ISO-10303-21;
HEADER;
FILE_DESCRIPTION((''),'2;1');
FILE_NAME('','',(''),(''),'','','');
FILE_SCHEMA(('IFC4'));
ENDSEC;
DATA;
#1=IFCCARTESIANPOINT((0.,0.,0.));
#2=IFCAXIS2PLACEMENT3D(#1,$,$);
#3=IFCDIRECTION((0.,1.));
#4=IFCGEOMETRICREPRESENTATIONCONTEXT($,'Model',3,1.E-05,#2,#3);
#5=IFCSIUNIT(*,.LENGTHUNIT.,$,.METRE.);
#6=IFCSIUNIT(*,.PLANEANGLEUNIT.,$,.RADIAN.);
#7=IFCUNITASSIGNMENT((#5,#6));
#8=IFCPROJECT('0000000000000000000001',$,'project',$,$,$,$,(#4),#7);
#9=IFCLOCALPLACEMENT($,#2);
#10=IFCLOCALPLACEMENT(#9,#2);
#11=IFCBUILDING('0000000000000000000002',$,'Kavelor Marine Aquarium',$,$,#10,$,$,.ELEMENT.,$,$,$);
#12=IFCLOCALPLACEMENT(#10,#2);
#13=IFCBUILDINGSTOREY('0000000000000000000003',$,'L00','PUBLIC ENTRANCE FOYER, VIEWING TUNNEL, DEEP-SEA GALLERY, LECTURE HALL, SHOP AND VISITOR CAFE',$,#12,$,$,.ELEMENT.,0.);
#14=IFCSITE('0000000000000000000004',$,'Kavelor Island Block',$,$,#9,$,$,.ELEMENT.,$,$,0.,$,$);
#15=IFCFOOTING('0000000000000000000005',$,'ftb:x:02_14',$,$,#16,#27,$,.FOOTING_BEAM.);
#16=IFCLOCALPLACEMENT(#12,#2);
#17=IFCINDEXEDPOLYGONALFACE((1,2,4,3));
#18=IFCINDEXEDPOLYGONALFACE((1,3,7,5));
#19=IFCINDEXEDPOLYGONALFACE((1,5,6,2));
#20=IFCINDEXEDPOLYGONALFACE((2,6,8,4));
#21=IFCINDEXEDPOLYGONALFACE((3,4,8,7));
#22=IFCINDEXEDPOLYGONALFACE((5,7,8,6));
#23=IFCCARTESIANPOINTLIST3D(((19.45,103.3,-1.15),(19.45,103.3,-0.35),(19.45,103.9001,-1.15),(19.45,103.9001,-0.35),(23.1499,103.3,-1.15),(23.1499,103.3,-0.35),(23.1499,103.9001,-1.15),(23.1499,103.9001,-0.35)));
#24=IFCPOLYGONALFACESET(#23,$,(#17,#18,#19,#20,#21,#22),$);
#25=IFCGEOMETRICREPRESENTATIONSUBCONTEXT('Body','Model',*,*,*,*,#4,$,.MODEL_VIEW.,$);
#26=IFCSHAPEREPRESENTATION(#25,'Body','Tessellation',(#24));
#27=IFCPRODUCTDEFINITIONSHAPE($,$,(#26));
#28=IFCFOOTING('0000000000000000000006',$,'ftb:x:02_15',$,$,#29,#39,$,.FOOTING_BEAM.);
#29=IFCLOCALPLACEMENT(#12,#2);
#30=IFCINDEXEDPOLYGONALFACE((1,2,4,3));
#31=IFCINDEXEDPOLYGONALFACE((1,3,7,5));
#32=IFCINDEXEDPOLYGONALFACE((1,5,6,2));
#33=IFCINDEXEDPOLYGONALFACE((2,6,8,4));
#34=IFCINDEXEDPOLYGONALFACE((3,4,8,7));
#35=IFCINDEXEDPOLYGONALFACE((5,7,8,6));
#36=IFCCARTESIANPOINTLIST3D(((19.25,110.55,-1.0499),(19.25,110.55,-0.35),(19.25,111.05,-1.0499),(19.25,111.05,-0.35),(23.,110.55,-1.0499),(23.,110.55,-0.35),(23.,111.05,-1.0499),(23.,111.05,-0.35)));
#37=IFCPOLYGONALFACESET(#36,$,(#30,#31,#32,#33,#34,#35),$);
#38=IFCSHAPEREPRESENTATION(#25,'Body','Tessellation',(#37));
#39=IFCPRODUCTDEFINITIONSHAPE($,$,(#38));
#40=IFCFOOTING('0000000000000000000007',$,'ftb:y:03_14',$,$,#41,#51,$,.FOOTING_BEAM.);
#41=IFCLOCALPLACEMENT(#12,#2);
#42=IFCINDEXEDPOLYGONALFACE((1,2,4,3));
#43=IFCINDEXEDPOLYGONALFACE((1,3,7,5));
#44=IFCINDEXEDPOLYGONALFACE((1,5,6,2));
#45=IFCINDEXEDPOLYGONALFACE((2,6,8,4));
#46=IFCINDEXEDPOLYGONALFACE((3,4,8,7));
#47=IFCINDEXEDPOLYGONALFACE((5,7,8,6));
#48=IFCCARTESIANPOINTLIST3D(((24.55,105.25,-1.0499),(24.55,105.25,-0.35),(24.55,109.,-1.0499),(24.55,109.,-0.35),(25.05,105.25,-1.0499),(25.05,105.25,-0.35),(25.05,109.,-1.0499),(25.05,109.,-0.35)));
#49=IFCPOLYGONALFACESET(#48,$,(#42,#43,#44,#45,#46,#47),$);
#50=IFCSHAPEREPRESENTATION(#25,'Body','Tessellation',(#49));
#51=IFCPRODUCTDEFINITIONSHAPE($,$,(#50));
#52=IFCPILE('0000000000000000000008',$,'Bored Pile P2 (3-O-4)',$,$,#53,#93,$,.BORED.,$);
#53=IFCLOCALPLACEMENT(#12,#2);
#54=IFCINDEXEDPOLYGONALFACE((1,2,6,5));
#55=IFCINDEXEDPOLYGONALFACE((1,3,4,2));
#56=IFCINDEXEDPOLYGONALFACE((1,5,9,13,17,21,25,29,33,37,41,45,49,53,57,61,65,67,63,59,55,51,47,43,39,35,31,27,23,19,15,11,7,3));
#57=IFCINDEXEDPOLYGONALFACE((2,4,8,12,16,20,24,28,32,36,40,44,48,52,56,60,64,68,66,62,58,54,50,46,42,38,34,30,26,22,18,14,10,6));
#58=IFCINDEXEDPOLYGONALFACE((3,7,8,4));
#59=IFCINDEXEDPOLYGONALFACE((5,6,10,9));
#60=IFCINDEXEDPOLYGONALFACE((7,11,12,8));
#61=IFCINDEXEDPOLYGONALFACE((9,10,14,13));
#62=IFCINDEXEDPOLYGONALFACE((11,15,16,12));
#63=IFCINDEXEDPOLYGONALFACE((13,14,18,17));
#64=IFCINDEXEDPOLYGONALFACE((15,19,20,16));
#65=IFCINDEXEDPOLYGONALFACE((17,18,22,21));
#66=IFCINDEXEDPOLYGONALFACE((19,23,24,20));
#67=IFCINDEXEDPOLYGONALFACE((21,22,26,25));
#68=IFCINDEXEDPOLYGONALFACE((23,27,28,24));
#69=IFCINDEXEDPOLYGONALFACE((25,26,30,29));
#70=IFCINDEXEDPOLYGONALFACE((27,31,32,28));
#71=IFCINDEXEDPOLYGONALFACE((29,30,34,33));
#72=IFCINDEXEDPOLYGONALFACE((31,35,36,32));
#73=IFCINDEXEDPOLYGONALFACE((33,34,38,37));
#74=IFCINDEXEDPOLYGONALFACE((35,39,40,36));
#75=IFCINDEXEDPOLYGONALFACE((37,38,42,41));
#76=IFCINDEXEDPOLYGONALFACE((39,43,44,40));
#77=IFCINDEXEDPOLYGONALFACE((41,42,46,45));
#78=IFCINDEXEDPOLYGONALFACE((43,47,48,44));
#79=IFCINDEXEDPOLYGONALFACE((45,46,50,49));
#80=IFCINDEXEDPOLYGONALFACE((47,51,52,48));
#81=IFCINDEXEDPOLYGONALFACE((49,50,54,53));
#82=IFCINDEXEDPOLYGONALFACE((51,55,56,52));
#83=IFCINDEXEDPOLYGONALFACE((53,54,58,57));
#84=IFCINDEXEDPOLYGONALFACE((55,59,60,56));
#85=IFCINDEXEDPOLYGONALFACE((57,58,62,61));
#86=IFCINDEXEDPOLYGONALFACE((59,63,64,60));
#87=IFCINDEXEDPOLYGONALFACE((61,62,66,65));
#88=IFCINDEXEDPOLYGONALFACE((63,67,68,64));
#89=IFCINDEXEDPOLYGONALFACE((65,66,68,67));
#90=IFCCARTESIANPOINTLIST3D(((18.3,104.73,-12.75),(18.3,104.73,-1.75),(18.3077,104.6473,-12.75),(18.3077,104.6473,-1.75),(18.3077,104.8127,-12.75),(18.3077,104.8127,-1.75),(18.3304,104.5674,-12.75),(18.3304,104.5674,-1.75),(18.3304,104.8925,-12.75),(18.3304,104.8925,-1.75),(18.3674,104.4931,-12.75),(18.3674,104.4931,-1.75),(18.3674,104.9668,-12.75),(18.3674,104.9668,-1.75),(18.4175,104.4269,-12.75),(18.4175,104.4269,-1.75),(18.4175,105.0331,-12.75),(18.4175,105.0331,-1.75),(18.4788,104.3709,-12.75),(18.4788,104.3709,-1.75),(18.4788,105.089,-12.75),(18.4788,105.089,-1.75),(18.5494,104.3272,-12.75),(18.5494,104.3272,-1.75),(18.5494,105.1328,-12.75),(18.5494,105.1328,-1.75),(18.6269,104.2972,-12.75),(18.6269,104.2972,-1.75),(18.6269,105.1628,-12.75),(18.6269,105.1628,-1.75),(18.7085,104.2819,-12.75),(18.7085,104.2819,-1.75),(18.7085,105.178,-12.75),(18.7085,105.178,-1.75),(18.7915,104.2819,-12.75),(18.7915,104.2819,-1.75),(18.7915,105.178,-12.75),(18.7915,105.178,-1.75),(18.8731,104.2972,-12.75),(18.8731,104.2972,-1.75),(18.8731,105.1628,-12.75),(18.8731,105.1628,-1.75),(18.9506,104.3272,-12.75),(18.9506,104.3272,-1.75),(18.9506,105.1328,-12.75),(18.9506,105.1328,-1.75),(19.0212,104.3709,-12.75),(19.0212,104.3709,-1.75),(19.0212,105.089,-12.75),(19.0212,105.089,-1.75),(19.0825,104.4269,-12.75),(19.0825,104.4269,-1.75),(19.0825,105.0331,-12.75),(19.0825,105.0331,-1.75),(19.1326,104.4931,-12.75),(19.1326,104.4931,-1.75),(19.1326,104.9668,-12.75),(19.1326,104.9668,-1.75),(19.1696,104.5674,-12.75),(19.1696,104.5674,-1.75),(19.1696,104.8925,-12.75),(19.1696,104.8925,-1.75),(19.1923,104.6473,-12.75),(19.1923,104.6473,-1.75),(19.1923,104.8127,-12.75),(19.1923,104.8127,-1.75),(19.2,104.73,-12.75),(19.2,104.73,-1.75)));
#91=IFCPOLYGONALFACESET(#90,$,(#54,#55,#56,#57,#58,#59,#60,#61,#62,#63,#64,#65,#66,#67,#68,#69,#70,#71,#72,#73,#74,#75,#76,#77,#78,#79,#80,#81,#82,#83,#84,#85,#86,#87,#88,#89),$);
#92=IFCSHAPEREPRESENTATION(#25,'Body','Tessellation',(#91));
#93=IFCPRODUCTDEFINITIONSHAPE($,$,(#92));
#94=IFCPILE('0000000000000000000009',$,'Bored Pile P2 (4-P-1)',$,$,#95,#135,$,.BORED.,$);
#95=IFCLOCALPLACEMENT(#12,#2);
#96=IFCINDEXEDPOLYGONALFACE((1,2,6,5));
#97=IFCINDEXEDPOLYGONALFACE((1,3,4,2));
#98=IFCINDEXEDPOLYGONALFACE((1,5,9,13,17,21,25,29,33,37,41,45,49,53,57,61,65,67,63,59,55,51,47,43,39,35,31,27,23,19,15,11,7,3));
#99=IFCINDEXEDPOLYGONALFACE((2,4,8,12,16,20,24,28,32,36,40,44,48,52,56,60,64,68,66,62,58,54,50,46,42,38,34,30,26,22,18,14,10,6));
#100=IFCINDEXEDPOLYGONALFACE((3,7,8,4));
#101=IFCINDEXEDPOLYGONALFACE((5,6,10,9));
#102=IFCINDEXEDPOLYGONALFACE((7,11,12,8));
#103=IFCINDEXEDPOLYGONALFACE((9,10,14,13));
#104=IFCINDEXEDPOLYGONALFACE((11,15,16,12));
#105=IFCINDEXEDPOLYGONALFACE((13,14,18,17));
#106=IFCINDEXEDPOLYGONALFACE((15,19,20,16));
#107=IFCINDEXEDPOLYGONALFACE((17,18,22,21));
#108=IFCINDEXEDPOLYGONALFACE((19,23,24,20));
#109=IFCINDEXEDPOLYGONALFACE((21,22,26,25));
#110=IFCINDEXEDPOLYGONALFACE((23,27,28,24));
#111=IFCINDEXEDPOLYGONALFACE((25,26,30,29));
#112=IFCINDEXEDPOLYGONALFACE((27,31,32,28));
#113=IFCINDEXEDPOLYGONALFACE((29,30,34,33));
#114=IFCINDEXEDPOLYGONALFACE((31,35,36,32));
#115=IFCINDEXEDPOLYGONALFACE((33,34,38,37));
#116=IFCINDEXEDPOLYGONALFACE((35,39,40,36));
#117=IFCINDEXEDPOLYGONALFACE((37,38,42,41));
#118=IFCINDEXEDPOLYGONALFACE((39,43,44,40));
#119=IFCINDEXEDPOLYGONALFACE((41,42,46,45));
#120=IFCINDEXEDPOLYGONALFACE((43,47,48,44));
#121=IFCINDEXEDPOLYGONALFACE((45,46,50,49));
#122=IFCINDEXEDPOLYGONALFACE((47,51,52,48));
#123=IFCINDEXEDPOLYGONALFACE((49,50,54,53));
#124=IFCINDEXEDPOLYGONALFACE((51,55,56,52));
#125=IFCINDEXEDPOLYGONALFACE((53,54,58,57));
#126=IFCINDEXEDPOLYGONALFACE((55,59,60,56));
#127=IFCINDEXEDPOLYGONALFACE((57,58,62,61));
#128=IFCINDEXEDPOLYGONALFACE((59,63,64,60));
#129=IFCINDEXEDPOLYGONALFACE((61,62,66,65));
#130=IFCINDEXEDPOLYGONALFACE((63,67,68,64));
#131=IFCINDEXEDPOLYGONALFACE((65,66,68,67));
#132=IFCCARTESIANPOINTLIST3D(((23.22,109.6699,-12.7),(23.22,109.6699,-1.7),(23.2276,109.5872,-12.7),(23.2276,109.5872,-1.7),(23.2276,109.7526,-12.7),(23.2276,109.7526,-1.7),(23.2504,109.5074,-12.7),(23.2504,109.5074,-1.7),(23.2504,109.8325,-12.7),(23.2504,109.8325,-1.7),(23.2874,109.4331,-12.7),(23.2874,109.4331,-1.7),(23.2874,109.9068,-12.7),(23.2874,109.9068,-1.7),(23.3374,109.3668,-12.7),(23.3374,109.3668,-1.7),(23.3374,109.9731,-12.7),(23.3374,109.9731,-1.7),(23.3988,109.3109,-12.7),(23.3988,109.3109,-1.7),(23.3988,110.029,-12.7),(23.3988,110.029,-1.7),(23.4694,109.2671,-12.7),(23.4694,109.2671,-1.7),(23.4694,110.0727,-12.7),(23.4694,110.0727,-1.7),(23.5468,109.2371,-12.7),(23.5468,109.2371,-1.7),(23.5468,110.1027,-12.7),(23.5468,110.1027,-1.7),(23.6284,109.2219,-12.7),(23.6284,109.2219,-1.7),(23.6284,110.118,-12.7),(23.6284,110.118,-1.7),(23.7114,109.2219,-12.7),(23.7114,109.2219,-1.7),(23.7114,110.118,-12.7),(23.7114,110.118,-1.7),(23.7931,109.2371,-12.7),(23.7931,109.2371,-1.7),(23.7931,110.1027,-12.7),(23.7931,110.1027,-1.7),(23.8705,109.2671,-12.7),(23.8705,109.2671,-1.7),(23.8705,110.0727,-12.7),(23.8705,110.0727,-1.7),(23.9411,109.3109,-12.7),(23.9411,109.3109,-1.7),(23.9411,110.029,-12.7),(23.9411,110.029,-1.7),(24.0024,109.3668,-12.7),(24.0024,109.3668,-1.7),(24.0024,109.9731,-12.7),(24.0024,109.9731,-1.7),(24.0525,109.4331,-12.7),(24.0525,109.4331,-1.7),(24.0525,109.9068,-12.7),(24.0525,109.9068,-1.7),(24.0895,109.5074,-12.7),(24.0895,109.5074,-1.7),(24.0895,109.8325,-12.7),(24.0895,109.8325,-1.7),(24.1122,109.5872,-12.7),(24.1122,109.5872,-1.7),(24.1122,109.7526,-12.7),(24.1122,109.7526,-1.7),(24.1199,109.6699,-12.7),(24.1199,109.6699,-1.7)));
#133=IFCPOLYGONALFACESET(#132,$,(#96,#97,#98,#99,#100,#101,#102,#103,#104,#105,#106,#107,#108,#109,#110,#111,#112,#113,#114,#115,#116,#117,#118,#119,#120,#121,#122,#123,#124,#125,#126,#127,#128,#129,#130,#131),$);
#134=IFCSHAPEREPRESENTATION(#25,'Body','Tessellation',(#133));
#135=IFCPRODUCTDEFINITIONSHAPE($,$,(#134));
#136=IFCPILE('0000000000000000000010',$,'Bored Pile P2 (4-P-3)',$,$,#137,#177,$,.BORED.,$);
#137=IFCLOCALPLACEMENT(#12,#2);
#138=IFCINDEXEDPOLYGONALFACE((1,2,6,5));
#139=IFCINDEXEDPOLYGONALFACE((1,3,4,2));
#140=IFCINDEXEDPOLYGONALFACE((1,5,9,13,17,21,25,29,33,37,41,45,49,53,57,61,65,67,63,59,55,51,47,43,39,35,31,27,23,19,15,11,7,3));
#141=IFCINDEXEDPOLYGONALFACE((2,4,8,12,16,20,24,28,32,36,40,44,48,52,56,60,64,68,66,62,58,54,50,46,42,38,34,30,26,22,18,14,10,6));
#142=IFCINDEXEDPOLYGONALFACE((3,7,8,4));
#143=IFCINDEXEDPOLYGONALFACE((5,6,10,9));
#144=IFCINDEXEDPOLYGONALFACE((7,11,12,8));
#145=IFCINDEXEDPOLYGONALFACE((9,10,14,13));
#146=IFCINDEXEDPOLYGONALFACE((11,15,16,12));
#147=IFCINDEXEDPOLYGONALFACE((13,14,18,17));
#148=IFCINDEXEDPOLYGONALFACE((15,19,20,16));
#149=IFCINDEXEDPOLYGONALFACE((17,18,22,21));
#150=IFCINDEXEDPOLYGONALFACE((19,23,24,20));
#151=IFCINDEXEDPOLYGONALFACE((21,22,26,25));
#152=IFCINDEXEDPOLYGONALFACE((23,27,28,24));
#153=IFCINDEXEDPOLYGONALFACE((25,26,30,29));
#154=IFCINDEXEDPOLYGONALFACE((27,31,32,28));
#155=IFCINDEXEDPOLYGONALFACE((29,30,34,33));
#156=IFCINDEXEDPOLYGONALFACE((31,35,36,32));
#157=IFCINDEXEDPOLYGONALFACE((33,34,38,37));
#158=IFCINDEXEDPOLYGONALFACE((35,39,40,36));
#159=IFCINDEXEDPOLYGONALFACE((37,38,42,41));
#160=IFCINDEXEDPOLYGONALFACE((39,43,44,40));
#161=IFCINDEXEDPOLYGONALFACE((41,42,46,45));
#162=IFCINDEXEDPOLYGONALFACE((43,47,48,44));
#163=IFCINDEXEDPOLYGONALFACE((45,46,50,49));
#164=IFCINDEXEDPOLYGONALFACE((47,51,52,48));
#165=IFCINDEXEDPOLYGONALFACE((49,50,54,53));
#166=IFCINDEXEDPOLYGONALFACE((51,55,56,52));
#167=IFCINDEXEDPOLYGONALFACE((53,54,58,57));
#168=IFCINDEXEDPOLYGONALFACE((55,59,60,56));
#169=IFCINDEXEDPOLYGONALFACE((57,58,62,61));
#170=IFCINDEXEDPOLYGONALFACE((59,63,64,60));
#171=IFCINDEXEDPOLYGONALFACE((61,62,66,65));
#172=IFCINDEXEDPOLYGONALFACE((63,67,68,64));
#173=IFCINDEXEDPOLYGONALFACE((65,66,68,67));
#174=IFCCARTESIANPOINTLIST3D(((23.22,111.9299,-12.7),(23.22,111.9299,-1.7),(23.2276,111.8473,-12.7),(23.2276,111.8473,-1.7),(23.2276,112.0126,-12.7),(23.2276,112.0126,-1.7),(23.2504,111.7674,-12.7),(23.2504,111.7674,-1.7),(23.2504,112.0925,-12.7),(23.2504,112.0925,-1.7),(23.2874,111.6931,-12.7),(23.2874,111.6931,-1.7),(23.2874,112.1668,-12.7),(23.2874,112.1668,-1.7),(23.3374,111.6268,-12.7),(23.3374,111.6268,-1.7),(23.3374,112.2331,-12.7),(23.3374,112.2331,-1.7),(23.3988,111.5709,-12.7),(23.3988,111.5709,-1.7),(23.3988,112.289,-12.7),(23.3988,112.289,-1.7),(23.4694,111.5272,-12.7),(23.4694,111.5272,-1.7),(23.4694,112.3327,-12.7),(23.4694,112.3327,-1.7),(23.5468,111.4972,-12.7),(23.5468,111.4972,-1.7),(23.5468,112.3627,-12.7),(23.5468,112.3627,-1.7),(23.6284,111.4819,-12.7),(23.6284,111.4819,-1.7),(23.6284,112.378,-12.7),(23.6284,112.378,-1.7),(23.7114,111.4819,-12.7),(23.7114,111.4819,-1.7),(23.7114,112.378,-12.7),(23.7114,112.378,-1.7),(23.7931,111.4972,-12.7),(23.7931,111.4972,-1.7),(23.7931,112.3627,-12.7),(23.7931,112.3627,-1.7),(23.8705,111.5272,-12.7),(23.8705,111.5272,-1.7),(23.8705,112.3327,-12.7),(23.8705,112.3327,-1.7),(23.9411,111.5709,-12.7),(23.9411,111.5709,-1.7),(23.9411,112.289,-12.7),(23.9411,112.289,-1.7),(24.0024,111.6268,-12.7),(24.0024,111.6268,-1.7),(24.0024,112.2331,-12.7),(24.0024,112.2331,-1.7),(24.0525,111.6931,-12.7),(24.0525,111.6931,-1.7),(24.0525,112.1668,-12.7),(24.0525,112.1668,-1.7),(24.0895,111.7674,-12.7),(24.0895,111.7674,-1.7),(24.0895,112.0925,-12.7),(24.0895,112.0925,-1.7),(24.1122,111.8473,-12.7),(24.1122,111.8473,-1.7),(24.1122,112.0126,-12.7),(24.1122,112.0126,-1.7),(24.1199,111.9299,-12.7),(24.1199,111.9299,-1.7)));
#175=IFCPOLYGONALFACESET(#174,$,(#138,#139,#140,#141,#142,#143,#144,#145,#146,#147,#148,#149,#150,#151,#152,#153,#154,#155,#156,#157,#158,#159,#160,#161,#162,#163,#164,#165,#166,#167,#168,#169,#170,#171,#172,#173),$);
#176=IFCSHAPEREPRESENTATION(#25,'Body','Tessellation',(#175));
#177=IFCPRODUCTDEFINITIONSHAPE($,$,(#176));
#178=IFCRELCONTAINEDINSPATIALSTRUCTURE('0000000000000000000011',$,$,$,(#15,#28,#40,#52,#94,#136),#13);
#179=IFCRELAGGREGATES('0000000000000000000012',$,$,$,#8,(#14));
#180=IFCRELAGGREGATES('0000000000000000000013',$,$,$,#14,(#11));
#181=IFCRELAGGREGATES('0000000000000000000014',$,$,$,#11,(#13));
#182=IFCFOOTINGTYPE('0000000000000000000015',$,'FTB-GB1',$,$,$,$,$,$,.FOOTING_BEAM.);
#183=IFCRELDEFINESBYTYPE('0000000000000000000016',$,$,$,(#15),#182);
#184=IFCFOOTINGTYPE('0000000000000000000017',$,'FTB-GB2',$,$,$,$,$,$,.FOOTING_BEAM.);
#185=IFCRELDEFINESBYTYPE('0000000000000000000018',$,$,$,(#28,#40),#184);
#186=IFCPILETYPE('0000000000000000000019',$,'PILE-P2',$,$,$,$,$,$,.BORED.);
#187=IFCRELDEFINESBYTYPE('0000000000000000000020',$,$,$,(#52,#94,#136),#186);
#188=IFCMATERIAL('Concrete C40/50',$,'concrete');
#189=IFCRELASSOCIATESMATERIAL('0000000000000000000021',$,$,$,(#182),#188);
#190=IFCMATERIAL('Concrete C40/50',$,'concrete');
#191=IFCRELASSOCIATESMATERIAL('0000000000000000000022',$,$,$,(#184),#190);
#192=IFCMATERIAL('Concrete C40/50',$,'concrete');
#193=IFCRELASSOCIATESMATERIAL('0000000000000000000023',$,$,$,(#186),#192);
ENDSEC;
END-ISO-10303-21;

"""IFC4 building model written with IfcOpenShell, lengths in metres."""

from ifc_helpers import new_model, si_unit, direction, frame, origin, origin_2d, place, context, subcontext, project, spatial, rectangle, circle, extrude, material, material_profile, profile_set, type_object, element, save


model = new_model("IFC4")

# Units and contexts
model_context = context("Model", 3, precision=1e-05, world=origin(), true_north=direction((0.0, 1.0)))
body_context = subcontext(model_context, "Body", "Model", "MODEL_VIEW")
ifc_project = project(units=[si_unit("LENGTHUNIT", "METRE"), si_unit("PLANEANGLEUNIT", "RADIAN")], contexts=[model_context])

# Site, building, storey
site_placement = place(None, origin())
site = spatial("IfcSite", under=ifc_project, at=site_placement, Name="Kavelor Island Block", CompositionType="ELEMENT", RefElevation=0.0)
building_placement = place(site_placement, origin())
building = spatial("IfcBuilding", under=site, at=building_placement, Name="Kavelor Marine Aquarium", CompositionType="ELEMENT")
storey_placement = place(building_placement, origin())
storey = spatial("IfcBuildingStorey", under=building, at=storey_placement, Name="L00", Description="PUBLIC ENTRANCE FOYER, VIEWING TUNNEL, DEEP-SEA GALLERY, LECTURE HALL, SHOP AND VISITOR CAFE", CompositionType="ELEMENT", Elevation=0.0)

# Footings
ifc_material_1 = material(Name="Concrete C40/50", Category="concrete")
ifc_material_profile_1 = material_profile(ifc_material_1, rectangle(XDim=0.6001, YDim=0.8, at=origin_2d()), Name="GB 600x800")
ifc_profile_set_1 = profile_set([ifc_material_profile_1], Name="Concrete C40/50")
footing_type_1 = type_object("IfcFootingType", Name="FTB-GB1", PredefinedType="FOOTING_BEAM", material=ifc_profile_set_1)
footing_placement = place(storey_placement, frame((19.45, 103.6001, -0.75), z_axis=(1.0, 0.0, 0.0), x_axis=(0.0, 1.0, 0.0)))
element("IfcFooting", 1, at=footing_placement, inside=storey, type_object=footing_type_1, Name="ftb:x:02_14", PredefinedType="FOOTING_BEAM", context=body_context, shape_type="SweptSolid", body=[
    extrude(rectangle(XDim=0.6001, YDim=0.8, at=origin_2d()), origin(), (0.0, 0.0, 1.0), 3.7),
])
ifc_material_2 = material(Name="Concrete C40/50", Category="concrete")
ifc_material_profile_2 = material_profile(ifc_material_2, rectangle(XDim=0.5, YDim=0.7, at=origin_2d()), Name="GB 500x700")
ifc_profile_set_2 = profile_set([ifc_material_profile_2], Name="Concrete C40/50")
footing_type_2 = type_object("IfcFootingType", Name="FTB-GB2", PredefinedType="FOOTING_BEAM", material=ifc_profile_set_2)
for number, where, z_axis, x_axis, name in (
    (2, (19.25, 110.8, -0.7), (1.0, 0.0, 0.0), (0.0, 1.0, 0.0), "ftb:x:02_15"),
    (3, (24.8, 105.25, -0.7), (0.0, 1.0, 0.0), (-1.0, 0.0, 0.0), "ftb:y:03_14"),
):
    element("IfcFooting", number, at=place(storey_placement, frame(where, z_axis=z_axis, x_axis=x_axis)), inside=storey, type_object=footing_type_2, Name=name, PredefinedType="FOOTING_BEAM", context=body_context, shape_type="SweptSolid", body=[
        extrude(rectangle(XDim=0.5, YDim=0.7, at=origin_2d()), origin(), (0.0, 0.0, 1.0), 3.75),
    ])

# Piles
ifc_material_3 = material(Name="Concrete C40/50", Category="concrete")
ifc_material_profile_3 = material_profile(ifc_material_3, circle(Radius=0.45, at=origin_2d()), Name="PILE D900")
ifc_profile_set_3 = profile_set([ifc_material_profile_3], Name="Concrete C40/50")
pile_type_1 = type_object("IfcPileType", Name="PILE-P2", PredefinedType="BORED", material=ifc_profile_set_3)
for number, where, z_axis, x_axis, name in (
    (4, (18.75, 104.73, -1.75), (0.0, 0.0, -1.0), (1.0, 0.0, 0.0), "Bored Pile P2 (3-O-4)"),
    (5, (23.6699, 109.6699, -1.7), (0.0, 0.0, -1.0), (1.0, 0.0, 0.0), "Bored Pile P2 (4-P-1)"),
    (6, (23.6699, 111.9299, -1.7), (0.0, 0.0, -1.0), (1.0, 0.0, 0.0), "Bored Pile P2 (4-P-3)"),
):
    element("IfcPile", number, at=place(storey_placement, frame(where, z_axis=z_axis, x_axis=x_axis)), inside=storey, type_object=pile_type_1, Name=name, PredefinedType="BORED", context=body_context, shape_type="SweptSolid", body=[
        extrude(circle(Radius=0.45, at=origin_2d()), origin(), (0.0, 0.0, 1.0), 11.0),
    ])

save(model, "model.ifc")
